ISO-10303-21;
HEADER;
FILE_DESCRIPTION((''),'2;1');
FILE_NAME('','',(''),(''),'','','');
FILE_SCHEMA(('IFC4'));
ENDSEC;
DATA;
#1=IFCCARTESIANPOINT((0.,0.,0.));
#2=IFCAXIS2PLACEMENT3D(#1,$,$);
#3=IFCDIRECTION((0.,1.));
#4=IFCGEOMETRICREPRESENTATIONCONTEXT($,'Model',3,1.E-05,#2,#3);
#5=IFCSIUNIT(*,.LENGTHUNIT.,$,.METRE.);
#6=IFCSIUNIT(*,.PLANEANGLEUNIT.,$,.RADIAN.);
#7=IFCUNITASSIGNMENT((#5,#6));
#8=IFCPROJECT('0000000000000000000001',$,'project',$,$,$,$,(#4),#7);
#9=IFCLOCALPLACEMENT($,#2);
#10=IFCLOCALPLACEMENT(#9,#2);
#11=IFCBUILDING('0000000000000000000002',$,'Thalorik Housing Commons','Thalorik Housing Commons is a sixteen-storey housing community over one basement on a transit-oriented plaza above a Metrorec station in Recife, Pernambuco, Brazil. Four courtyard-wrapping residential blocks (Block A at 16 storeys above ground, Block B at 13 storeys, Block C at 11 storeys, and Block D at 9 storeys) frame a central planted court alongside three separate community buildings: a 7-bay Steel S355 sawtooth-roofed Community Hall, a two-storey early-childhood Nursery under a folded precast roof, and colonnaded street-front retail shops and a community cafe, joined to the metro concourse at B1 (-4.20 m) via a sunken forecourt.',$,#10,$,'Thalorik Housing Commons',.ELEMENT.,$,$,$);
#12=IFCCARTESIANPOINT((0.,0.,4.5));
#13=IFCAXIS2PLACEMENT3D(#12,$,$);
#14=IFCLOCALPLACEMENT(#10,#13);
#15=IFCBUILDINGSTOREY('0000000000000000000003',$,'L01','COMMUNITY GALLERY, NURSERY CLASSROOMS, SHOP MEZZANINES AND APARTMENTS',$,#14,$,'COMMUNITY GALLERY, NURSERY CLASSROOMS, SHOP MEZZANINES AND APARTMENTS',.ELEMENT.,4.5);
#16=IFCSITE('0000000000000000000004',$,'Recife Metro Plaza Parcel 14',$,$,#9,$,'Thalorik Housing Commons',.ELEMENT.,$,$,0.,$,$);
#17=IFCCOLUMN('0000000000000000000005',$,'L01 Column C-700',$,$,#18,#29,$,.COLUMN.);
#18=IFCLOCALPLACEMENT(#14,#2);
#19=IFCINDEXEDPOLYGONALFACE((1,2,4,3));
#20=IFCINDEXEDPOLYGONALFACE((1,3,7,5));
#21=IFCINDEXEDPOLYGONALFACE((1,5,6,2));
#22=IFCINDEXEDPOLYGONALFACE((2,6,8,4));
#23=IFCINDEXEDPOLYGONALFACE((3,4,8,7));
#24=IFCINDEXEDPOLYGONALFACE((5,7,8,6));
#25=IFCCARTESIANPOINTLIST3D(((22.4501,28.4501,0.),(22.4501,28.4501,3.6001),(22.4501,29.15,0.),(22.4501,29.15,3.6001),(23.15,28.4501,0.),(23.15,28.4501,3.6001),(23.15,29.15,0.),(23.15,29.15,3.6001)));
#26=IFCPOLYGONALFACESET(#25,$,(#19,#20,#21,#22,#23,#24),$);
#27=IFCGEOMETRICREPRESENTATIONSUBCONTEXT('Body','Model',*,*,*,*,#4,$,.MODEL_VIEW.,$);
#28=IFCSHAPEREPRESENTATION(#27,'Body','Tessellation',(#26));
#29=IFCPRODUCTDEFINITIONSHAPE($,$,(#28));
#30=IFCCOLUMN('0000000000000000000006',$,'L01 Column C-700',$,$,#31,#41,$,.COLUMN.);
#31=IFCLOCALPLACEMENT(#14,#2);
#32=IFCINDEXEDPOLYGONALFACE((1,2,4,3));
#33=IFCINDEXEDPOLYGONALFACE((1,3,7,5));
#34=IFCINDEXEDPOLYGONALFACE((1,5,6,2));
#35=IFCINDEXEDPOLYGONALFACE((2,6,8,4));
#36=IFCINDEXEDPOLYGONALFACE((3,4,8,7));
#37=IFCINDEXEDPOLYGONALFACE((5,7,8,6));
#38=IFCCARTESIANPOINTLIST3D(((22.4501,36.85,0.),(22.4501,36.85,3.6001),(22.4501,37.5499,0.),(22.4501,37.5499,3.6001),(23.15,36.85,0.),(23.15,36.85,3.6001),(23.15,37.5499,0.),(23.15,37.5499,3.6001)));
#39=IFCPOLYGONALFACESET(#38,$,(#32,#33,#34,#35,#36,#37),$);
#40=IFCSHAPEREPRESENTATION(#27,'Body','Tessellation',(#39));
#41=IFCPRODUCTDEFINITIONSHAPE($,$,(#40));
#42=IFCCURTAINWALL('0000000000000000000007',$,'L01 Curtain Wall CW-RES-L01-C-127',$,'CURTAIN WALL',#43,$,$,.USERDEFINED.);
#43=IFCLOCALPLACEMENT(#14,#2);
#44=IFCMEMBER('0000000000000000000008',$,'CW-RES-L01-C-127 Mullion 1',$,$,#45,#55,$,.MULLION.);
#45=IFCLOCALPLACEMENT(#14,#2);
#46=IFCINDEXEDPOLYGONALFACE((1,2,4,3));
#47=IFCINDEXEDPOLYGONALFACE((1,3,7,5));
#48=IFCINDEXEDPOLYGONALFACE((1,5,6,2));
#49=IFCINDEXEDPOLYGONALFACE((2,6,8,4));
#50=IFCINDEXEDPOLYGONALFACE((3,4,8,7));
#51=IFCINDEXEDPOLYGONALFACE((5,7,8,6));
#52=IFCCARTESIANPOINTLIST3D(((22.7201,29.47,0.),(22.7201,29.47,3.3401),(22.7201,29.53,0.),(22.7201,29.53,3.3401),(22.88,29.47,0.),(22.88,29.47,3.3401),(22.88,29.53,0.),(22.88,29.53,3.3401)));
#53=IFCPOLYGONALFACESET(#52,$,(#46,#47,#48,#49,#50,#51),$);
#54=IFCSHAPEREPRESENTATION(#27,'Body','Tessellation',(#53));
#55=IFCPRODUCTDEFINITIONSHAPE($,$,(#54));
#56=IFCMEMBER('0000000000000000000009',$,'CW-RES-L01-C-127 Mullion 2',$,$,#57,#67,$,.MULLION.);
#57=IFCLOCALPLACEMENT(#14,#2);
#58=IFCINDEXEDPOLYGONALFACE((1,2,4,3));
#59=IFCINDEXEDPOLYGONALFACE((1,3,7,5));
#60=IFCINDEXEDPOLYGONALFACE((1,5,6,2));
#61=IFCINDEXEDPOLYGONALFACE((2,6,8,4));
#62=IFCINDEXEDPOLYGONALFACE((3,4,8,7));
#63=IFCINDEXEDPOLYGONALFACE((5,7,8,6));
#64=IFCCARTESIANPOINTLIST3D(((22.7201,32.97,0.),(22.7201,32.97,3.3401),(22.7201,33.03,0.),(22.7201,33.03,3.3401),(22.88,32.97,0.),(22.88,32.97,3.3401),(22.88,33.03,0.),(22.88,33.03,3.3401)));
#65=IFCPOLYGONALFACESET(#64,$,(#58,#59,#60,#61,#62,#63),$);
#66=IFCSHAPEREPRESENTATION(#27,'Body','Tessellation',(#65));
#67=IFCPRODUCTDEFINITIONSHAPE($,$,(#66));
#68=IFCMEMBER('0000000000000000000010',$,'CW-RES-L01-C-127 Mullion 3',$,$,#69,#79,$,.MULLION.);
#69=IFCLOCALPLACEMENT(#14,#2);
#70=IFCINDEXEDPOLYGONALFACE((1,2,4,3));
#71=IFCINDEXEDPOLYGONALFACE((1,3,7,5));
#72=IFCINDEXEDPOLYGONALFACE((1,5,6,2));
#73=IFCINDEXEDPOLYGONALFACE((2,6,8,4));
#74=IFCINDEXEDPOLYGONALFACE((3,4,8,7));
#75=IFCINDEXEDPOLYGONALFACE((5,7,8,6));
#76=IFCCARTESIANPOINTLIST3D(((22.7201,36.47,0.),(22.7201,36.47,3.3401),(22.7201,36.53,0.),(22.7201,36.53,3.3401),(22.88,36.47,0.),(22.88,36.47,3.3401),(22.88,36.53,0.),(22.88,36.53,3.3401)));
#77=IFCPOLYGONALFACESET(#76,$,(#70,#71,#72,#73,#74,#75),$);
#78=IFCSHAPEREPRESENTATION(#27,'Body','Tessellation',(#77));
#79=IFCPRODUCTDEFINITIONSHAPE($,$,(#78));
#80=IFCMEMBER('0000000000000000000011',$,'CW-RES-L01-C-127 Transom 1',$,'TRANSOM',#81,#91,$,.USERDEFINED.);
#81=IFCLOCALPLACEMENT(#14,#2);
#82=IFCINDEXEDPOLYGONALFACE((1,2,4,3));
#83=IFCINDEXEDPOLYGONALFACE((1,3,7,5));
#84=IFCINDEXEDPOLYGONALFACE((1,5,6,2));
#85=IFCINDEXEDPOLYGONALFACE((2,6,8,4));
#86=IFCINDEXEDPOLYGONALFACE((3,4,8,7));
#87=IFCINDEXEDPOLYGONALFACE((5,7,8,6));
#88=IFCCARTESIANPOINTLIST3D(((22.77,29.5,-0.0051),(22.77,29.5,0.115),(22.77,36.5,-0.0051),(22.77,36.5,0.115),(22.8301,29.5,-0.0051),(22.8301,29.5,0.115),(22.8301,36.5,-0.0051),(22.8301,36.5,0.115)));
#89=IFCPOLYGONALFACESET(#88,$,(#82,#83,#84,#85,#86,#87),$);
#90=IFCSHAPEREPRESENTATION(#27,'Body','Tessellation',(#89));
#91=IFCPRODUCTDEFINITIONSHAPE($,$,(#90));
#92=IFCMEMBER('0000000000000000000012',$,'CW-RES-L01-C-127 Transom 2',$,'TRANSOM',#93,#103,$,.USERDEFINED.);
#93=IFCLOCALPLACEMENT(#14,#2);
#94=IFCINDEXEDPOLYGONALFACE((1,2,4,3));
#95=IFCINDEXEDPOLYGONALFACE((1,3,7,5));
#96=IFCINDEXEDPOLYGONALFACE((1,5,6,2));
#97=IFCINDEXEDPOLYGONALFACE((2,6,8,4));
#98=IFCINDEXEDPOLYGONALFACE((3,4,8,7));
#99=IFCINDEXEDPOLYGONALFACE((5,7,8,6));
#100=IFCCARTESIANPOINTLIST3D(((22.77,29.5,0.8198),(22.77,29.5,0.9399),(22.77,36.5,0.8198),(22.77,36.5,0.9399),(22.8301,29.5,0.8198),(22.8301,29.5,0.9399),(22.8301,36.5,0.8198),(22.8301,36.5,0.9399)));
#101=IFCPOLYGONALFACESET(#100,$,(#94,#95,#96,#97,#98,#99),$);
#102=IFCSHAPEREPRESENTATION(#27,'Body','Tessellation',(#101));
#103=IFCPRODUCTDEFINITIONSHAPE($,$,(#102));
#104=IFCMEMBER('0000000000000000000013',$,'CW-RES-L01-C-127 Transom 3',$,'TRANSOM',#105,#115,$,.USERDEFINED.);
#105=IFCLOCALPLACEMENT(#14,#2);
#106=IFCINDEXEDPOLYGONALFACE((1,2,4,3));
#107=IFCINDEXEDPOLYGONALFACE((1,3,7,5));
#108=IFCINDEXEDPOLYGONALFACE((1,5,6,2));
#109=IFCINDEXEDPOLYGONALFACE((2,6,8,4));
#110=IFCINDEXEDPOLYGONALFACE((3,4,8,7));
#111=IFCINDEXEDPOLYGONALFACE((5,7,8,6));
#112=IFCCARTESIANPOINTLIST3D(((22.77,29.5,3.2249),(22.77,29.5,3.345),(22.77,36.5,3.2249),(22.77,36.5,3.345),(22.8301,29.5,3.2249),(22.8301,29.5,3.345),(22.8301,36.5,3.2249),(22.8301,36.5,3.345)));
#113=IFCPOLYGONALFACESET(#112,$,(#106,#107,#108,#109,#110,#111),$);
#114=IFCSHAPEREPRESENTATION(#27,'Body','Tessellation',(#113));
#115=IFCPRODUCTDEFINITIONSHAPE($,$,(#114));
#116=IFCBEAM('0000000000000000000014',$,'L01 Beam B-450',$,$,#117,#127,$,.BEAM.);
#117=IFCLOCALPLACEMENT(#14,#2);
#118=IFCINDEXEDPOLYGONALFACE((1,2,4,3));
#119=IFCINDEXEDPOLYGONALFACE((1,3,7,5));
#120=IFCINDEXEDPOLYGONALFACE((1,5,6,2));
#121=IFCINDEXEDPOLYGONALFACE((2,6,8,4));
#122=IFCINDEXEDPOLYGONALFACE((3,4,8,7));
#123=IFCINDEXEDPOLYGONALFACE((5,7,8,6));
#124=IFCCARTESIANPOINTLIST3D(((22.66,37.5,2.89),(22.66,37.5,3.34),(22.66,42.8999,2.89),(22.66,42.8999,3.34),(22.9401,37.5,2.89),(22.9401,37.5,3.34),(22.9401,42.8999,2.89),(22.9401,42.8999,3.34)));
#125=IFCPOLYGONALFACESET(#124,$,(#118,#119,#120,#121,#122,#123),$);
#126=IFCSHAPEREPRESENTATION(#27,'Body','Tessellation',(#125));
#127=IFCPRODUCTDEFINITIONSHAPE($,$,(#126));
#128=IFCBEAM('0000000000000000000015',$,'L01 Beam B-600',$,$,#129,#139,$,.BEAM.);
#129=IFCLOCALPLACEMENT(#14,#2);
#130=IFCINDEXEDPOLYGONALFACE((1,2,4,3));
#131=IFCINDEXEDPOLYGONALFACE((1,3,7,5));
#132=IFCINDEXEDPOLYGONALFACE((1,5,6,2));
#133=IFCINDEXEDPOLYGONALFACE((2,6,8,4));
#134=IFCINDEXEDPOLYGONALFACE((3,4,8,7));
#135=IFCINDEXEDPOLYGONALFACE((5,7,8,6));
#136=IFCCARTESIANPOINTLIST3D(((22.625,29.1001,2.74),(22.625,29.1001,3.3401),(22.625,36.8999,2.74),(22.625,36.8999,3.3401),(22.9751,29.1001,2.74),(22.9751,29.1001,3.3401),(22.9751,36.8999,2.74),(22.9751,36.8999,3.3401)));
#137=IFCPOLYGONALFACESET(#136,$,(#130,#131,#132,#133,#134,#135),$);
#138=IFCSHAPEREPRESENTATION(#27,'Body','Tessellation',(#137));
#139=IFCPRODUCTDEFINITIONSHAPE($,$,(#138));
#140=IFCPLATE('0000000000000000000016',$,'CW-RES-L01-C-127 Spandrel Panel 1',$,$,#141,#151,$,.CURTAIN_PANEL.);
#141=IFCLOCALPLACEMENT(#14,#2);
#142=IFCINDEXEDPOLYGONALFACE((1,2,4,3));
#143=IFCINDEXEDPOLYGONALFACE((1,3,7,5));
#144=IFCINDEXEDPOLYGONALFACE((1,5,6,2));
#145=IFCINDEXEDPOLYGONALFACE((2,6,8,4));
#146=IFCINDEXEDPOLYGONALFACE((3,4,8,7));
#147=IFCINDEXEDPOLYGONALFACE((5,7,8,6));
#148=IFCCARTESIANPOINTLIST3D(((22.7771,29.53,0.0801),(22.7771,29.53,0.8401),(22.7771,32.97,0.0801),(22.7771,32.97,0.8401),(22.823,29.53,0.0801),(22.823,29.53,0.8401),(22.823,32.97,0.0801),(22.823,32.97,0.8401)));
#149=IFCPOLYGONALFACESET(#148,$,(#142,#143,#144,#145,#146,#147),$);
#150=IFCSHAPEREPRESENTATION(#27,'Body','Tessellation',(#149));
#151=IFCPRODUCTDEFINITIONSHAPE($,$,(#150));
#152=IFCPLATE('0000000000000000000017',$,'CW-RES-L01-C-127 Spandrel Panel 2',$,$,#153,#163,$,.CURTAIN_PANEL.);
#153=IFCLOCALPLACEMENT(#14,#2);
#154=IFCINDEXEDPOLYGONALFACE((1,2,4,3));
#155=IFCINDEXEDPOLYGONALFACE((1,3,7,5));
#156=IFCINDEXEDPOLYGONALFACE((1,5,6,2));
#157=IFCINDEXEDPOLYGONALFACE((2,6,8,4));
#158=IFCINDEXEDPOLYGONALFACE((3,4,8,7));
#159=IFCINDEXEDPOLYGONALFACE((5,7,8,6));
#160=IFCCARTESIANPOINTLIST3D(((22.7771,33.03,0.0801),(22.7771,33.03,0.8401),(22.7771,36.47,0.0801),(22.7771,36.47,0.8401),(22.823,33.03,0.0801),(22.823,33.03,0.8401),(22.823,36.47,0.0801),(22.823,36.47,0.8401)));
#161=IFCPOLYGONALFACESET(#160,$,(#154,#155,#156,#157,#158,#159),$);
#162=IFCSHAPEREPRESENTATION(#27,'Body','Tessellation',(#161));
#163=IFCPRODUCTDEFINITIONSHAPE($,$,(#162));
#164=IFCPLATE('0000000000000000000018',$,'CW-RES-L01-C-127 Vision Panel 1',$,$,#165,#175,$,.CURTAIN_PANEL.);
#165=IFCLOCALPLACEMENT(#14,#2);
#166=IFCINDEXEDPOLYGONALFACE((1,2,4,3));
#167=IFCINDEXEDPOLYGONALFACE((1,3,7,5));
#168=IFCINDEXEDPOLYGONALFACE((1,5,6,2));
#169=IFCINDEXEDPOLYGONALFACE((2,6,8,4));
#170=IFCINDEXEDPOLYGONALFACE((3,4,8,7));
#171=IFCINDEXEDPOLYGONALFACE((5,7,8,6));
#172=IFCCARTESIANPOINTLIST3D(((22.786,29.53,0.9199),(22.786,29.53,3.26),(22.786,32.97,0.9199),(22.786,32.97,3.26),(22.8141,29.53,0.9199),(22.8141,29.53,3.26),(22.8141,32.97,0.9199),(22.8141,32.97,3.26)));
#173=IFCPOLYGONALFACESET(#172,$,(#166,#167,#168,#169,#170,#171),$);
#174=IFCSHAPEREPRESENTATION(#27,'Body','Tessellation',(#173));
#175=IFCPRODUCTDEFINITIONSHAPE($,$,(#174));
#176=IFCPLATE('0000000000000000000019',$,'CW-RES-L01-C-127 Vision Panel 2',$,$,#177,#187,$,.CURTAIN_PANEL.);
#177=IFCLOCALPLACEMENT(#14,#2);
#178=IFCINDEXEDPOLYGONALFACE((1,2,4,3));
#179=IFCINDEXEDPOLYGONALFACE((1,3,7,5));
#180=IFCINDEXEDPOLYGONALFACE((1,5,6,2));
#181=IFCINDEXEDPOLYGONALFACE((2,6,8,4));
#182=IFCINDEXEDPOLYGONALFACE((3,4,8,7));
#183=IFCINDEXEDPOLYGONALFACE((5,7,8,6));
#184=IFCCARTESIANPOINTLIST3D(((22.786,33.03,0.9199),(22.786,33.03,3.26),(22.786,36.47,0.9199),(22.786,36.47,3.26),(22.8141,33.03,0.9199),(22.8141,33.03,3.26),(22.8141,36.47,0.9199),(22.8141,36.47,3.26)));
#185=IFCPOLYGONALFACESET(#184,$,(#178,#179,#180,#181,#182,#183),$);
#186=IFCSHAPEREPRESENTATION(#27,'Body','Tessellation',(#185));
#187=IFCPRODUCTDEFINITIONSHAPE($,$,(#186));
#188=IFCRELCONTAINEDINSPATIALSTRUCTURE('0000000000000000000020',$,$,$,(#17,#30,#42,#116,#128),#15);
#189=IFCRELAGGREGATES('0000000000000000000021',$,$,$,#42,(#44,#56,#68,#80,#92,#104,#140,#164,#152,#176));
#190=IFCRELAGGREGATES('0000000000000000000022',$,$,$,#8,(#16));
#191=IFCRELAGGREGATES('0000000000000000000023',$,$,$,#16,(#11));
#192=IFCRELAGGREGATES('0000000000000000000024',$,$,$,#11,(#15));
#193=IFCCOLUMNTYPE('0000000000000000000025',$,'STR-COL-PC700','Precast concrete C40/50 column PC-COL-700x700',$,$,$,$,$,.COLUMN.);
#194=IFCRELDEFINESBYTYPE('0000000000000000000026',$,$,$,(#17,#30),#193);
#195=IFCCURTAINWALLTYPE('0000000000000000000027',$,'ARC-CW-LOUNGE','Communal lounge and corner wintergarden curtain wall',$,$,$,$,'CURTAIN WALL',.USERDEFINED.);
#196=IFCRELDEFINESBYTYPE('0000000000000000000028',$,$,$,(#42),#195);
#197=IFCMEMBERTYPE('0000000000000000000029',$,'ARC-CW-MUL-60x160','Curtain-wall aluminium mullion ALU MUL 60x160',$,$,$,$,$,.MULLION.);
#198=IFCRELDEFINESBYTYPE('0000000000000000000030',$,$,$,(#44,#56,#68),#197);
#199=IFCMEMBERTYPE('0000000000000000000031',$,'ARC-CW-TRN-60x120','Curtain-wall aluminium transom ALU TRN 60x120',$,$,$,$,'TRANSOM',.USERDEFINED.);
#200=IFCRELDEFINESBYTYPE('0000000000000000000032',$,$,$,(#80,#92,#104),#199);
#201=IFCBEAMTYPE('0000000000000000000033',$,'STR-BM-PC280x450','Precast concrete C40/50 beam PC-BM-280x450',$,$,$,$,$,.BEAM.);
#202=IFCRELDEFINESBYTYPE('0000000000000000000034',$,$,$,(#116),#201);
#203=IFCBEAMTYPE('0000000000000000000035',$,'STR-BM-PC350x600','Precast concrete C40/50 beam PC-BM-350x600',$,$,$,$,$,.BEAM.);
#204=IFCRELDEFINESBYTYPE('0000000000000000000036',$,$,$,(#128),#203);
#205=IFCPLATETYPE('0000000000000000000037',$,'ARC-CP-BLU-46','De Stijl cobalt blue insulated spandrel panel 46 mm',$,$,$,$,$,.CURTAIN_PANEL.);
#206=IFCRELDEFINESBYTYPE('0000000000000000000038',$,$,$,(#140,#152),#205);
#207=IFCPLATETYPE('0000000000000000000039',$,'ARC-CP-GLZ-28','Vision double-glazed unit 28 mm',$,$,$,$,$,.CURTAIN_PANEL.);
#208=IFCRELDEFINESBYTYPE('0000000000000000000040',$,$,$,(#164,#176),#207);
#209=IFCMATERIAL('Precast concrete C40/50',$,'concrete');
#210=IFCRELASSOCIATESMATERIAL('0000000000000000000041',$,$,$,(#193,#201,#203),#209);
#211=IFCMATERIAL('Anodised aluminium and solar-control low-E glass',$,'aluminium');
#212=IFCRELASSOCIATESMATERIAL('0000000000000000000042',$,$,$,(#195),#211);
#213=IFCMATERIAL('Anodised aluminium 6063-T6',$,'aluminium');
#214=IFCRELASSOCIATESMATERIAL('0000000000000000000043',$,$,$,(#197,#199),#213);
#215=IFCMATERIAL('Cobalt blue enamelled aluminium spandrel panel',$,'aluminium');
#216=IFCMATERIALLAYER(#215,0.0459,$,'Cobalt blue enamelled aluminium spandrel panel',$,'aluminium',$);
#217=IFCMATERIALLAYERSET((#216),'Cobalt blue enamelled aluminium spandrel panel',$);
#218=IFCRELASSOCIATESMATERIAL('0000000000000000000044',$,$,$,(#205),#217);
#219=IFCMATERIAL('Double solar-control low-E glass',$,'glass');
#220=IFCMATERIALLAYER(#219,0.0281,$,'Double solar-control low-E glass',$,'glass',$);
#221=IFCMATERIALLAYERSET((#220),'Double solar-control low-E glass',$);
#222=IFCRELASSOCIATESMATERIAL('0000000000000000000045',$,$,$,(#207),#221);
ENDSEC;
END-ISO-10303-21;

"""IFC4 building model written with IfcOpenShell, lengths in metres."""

from ifc_helpers import new_model, si_unit, direction, frame, origin, origin_2d, place, context, subcontext, project, spatial, rectangle, extrude, material, layer, layer_set, material_profile, profile_set, type_object, element, aggregate, save


model = new_model("IFC4")

# Units and contexts
model_context = context("Model", 3, precision=1e-05, world=origin(), true_north=direction((0.0, 1.0)))
body_context = subcontext(model_context, "Body", "Model", "MODEL_VIEW")
ifc_project = project(units=[si_unit("LENGTHUNIT", "METRE"), si_unit("PLANEANGLEUNIT", "RADIAN")], contexts=[model_context])

# Site, building, storey
site_placement = place(None, origin())
site = spatial("IfcSite", under=ifc_project, at=site_placement, Name="Recife Metro Plaza Parcel 14", LongName="Thalorik Housing Commons", CompositionType="ELEMENT", RefElevation=0.0)
building_placement = place(site_placement, origin())
building = spatial("IfcBuilding", under=site, at=building_placement, Name="Thalorik Housing Commons", Description="Thalorik Housing Commons is a sixteen-storey housing community over one basement on a transit-oriented plaza above a Metrorec station in Recife, Pernambuco, Brazil. Four courtyard-wrapping residential blocks (Block A at 16 storeys above ground, Block B at 13 storeys, Block C at 11 storeys, and Block D at 9 storeys) frame a central planted court alongside three separate community buildings: a 7-bay Steel S355 sawtooth-roofed Community Hall, a two-storey early-childhood Nursery under a folded precast roof, and colonnaded street-front retail shops and a community cafe, joined to the metro concourse at B1 (-4.20 m) via a sunken forecourt.", LongName="Thalorik Housing Commons", CompositionType="ELEMENT")
storey_placement = place(building_placement, frame((0.0, 0.0, 4.5)))
storey = spatial("IfcBuildingStorey", under=building, at=storey_placement, Name="L01", Description="COMMUNITY GALLERY, NURSERY CLASSROOMS, SHOP MEZZANINES AND APARTMENTS", LongName="COMMUNITY GALLERY, NURSERY CLASSROOMS, SHOP MEZZANINES AND APARTMENTS", CompositionType="ELEMENT", Elevation=4.5)

# Columns
ifc_material_1 = material(Name="Precast concrete C40/50", Category="concrete")
ifc_material_profile_1 = material_profile(ifc_material_1, rectangle(XDim=0.7, YDim=0.7, at=origin_2d()), Name="PC 700x700", Category="concrete")
ifc_profile_set_1 = profile_set([ifc_material_profile_1], Name="Precast concrete C40/50")
column_type = type_object("IfcColumnType", Name="STR-COL-PC700", Description="Precast concrete C40/50 column PC-COL-700x700", PredefinedType="COLUMN", material=ifc_profile_set_1)
for number, where, z_axis, x_axis, name in (
    (1, (22.8, 28.8, 0.0), (0.0, 0.0, 1.0), (1.0, 0.0, 0.0), "L01 Column C-700"),
    (2, (22.8, 37.2, 0.0), (0.0, 0.0, 1.0), (1.0, 0.0, 0.0), "L01 Column C-700"),
):
    element("IfcColumn", number, at=place(storey_placement, frame(where, z_axis=z_axis, x_axis=x_axis)), inside=storey, type_object=column_type, Name=name, PredefinedType="COLUMN", context=body_context, shape_type="SweptSolid", body=[
        extrude(rectangle(XDim=0.7, YDim=0.7, at=origin_2d()), origin(), (0.0, 0.0, 1.0), 3.6001),
    ])

# Curtain wall, members
ifc_material_2 = material(Name="Anodised aluminium and solar-control low-E glass", Category="aluminium")
curtain_wall_type = type_object("IfcCurtainWallType", Name="ARC-CW-LOUNGE", Description="Communal lounge and corner wintergarden curtain wall", ElementType="CURTAIN WALL", PredefinedType="USERDEFINED", material=ifc_material_2)
curtain_wall_placement = place(storey_placement, origin())
curtain_wall = element("IfcCurtainWall", 3, at=curtain_wall_placement, inside=storey, type_object=curtain_wall_type, Name="L01 Curtain Wall CW-RES-L01-C-127", ObjectType="CURTAIN WALL", PredefinedType="USERDEFINED")
ifc_material_3 = material(Name="Anodised aluminium 6063-T6", Category="aluminium")
ifc_material_profile_2 = material_profile(ifc_material_3, rectangle(XDim=0.0601, YDim=0.1599, at=origin_2d()), Name="ALU MUL 60x160", Category="aluminium")
ifc_profile_set_2 = profile_set([ifc_material_profile_2], Name="Anodised aluminium 6063-T6")
member_type_1 = type_object("IfcMemberType", Name="ARC-CW-MUL-60x160", Description="Curtain-wall aluminium mullion ALU MUL 60x160", PredefinedType="MULLION", material=ifc_profile_set_2)
member_1_placement = place(storey_placement, frame((22.8, 29.5, 0.0), z_axis=(0.0, 0.0, 1.0), x_axis=(0.0, 1.0, 0.0)))
member_1 = element("IfcMember", 4, at=member_1_placement, type_object=member_type_1, Name="CW-RES-L01-C-127 Mullion 1", PredefinedType="MULLION", context=body_context, shape_type="SweptSolid", body=[
    extrude(rectangle(XDim=0.0601, YDim=0.1599, at=origin_2d()), origin(), (0.0, 0.0, 1.0), 3.3401),
])
member_2_placement = place(storey_placement, frame((22.8, 33.0, 0.0), z_axis=(0.0, 0.0, 1.0), x_axis=(0.0, 1.0, 0.0)))
member_2 = element("IfcMember", 5, at=member_2_placement, type_object=member_type_1, Name="CW-RES-L01-C-127 Mullion 2", PredefinedType="MULLION", context=body_context, shape_type="SweptSolid", body=[
    extrude(rectangle(XDim=0.0601, YDim=0.1599, at=origin_2d()), origin(), (0.0, 0.0, 1.0), 3.3401),
])
member_3_placement = place(storey_placement, frame((22.8, 36.5, 0.0), z_axis=(0.0, 0.0, 1.0), x_axis=(0.0, 1.0, 0.0)))
member_3 = element("IfcMember", 6, at=member_3_placement, type_object=member_type_1, Name="CW-RES-L01-C-127 Mullion 3", PredefinedType="MULLION", context=body_context, shape_type="SweptSolid", body=[
    extrude(rectangle(XDim=0.0601, YDim=0.1599, at=origin_2d()), origin(), (0.0, 0.0, 1.0), 3.3401),
])
ifc_material_profile_3 = material_profile(ifc_material_3, rectangle(XDim=0.0601, YDim=0.1201, at=origin_2d()), Name="ALU TRN 60x120", Category="aluminium")
ifc_profile_set_3 = profile_set([ifc_material_profile_3], Name="Anodised aluminium 6063-T6")
member_type_2 = type_object("IfcMemberType", Name="ARC-CW-TRN-60x120", Description="Curtain-wall aluminium transom ALU TRN 60x120", ElementType="TRANSOM", PredefinedType="USERDEFINED", material=ifc_profile_set_3)
member_4_placement = place(storey_placement, frame((22.8, 29.5, 0.0549), z_axis=(0.0, 1.0, 0.0), x_axis=(-1.0, 0.0, 0.0)))
member_4 = element("IfcMember", 7, at=member_4_placement, type_object=member_type_2, Name="CW-RES-L01-C-127 Transom 1", ObjectType="TRANSOM", PredefinedType="USERDEFINED", context=body_context, shape_type="SweptSolid", body=[
    extrude(rectangle(XDim=0.0601, YDim=0.1201, at=origin_2d()), origin(), (0.0, 0.0, 1.0), 7.0),
])
member_5_placement = place(storey_placement, frame((22.8, 29.5, 0.8799), z_axis=(0.0, 1.0, 0.0), x_axis=(-1.0, 0.0, 0.0)))
member_5 = element("IfcMember", 8, at=member_5_placement, type_object=member_type_2, Name="CW-RES-L01-C-127 Transom 2", ObjectType="TRANSOM", PredefinedType="USERDEFINED", context=body_context, shape_type="SweptSolid", body=[
    extrude(rectangle(XDim=0.0601, YDim=0.1201, at=origin_2d()), origin(), (0.0, 0.0, 1.0), 7.0),
])
member_6_placement = place(storey_placement, frame((22.8, 29.5, 3.2849), z_axis=(0.0, 1.0, 0.0), x_axis=(-1.0, 0.0, 0.0)))
member_6 = element("IfcMember", 9, at=member_6_placement, type_object=member_type_2, Name="CW-RES-L01-C-127 Transom 3", ObjectType="TRANSOM", PredefinedType="USERDEFINED", context=body_context, shape_type="SweptSolid", body=[
    extrude(rectangle(XDim=0.0601, YDim=0.1201, at=origin_2d()), origin(), (0.0, 0.0, 1.0), 7.0),
])

# Beams
ifc_material_profile_4 = material_profile(ifc_material_1, rectangle(XDim=0.28, YDim=0.45, at=origin_2d()), Name="PC 280x450", Category="concrete")
ifc_profile_set_4 = profile_set([ifc_material_profile_4], Name="Precast concrete C40/50")
beam_type_1 = type_object("IfcBeamType", Name="STR-BM-PC280x450", Description="Precast concrete C40/50 beam PC-BM-280x450", PredefinedType="BEAM", material=ifc_profile_set_4)
beam_1_placement = place(storey_placement, frame((22.8, 37.5, 3.115), z_axis=(0.0, 1.0, 0.0), x_axis=(-1.0, 0.0, 0.0)))
element("IfcBeam", 10, at=beam_1_placement, inside=storey, type_object=beam_type_1, Name="L01 Beam B-450", PredefinedType="BEAM", context=body_context, shape_type="SweptSolid", body=[
    extrude(rectangle(XDim=0.28, YDim=0.45, at=origin_2d()), origin(), (0.0, 0.0, 1.0), 5.3999),
])
ifc_material_profile_5 = material_profile(ifc_material_1, rectangle(XDim=0.3501, YDim=0.6001, at=origin_2d()), Name="PC 350x600", Category="concrete")
ifc_profile_set_5 = profile_set([ifc_material_profile_5], Name="Precast concrete C40/50")
beam_type_2 = type_object("IfcBeamType", Name="STR-BM-PC350x600", Description="Precast concrete C40/50 beam PC-BM-350x600", PredefinedType="BEAM", material=ifc_profile_set_5)
beam_2_placement = place(storey_placement, frame((22.8, 29.1001, 3.04), z_axis=(0.0, 1.0, 0.0), x_axis=(-1.0, 0.0, 0.0)))
element("IfcBeam", 11, at=beam_2_placement, inside=storey, type_object=beam_type_2, Name="L01 Beam B-600", PredefinedType="BEAM", context=body_context, shape_type="SweptSolid", body=[
    extrude(rectangle(XDim=0.3501, YDim=0.6001, at=origin_2d()), origin(), (0.0, 0.0, 1.0), 7.7998),
])

# Plates
ifc_material_4 = material(Name="Cobalt blue enamelled aluminium spandrel panel", Category="aluminium")
ifc_layer_1 = layer(ifc_material_4, 0.0459, Name="Cobalt blue enamelled aluminium spandrel panel", Category="aluminium")
ifc_layer_set_1 = layer_set([ifc_layer_1], Name="Cobalt blue enamelled aluminium spandrel panel")
plate_type_1 = type_object("IfcPlateType", Name="ARC-CP-BLU-46", Description="De Stijl cobalt blue insulated spandrel panel 46 mm", PredefinedType="CURTAIN_PANEL", material=ifc_layer_set_1)
plate_1_placement = place(storey_placement, frame((22.8, 31.25, 0.0801), z_axis=(0.0, 0.0, 1.0), x_axis=(0.0, 1.0, 0.0)))
plate_1 = element("IfcPlate", 12, at=plate_1_placement, type_object=plate_type_1, Name="CW-RES-L01-C-127 Spandrel Panel 1", PredefinedType="CURTAIN_PANEL", context=body_context, shape_type="SweptSolid", body=[
    extrude(rectangle(XDim=3.4399, YDim=0.0459, at=origin_2d()), origin(), (0.0, 0.0, 1.0), 0.76),
])
plate_2_placement = place(storey_placement, frame((22.8, 34.75, 0.0801), z_axis=(0.0, 0.0, 1.0), x_axis=(0.0, 1.0, 0.0)))
plate_2 = element("IfcPlate", 13, at=plate_2_placement, type_object=plate_type_1, Name="CW-RES-L01-C-127 Spandrel Panel 2", PredefinedType="CURTAIN_PANEL", context=body_context, shape_type="SweptSolid", body=[
    extrude(rectangle(XDim=3.4399, YDim=0.0459, at=origin_2d()), origin(), (0.0, 0.0, 1.0), 0.76),
])
ifc_material_5 = material(Name="Double solar-control low-E glass", Category="glass")
ifc_layer_2 = layer(ifc_material_5, 0.0281, Name="Double solar-control low-E glass", Category="glass")
ifc_layer_set_2 = layer_set([ifc_layer_2], Name="Double solar-control low-E glass")
plate_type_2 = type_object("IfcPlateType", Name="ARC-CP-GLZ-28", Description="Vision double-glazed unit 28 mm", PredefinedType="CURTAIN_PANEL", material=ifc_layer_set_2)
plate_3_placement = place(storey_placement, frame((22.8, 31.25, 0.9199), z_axis=(0.0, 0.0, 1.0), x_axis=(0.0, 1.0, 0.0)))
plate_3 = element("IfcPlate", 14, at=plate_3_placement, type_object=plate_type_2, Name="CW-RES-L01-C-127 Vision Panel 1", PredefinedType="CURTAIN_PANEL", context=body_context, shape_type="SweptSolid", body=[
    extrude(rectangle(XDim=3.4399, YDim=0.0281, at=origin_2d()), origin(), (0.0, 0.0, 1.0), 2.3401),
])
plate_4_placement = place(storey_placement, frame((22.8, 34.75, 0.9199), z_axis=(0.0, 0.0, 1.0), x_axis=(0.0, 1.0, 0.0)))
plate_4 = element("IfcPlate", 15, at=plate_4_placement, type_object=plate_type_2, Name="CW-RES-L01-C-127 Vision Panel 2", PredefinedType="CURTAIN_PANEL", context=body_context, shape_type="SweptSolid", body=[
    extrude(rectangle(XDim=3.4399, YDim=0.0281, at=origin_2d()), origin(), (0.0, 0.0, 1.0), 2.3401),
])
aggregate(curtain_wall, [member_1, member_2, member_3, member_4, member_5, member_6, plate_1, plate_3, plate_2, plate_4])

save(model, "model.ifc")
